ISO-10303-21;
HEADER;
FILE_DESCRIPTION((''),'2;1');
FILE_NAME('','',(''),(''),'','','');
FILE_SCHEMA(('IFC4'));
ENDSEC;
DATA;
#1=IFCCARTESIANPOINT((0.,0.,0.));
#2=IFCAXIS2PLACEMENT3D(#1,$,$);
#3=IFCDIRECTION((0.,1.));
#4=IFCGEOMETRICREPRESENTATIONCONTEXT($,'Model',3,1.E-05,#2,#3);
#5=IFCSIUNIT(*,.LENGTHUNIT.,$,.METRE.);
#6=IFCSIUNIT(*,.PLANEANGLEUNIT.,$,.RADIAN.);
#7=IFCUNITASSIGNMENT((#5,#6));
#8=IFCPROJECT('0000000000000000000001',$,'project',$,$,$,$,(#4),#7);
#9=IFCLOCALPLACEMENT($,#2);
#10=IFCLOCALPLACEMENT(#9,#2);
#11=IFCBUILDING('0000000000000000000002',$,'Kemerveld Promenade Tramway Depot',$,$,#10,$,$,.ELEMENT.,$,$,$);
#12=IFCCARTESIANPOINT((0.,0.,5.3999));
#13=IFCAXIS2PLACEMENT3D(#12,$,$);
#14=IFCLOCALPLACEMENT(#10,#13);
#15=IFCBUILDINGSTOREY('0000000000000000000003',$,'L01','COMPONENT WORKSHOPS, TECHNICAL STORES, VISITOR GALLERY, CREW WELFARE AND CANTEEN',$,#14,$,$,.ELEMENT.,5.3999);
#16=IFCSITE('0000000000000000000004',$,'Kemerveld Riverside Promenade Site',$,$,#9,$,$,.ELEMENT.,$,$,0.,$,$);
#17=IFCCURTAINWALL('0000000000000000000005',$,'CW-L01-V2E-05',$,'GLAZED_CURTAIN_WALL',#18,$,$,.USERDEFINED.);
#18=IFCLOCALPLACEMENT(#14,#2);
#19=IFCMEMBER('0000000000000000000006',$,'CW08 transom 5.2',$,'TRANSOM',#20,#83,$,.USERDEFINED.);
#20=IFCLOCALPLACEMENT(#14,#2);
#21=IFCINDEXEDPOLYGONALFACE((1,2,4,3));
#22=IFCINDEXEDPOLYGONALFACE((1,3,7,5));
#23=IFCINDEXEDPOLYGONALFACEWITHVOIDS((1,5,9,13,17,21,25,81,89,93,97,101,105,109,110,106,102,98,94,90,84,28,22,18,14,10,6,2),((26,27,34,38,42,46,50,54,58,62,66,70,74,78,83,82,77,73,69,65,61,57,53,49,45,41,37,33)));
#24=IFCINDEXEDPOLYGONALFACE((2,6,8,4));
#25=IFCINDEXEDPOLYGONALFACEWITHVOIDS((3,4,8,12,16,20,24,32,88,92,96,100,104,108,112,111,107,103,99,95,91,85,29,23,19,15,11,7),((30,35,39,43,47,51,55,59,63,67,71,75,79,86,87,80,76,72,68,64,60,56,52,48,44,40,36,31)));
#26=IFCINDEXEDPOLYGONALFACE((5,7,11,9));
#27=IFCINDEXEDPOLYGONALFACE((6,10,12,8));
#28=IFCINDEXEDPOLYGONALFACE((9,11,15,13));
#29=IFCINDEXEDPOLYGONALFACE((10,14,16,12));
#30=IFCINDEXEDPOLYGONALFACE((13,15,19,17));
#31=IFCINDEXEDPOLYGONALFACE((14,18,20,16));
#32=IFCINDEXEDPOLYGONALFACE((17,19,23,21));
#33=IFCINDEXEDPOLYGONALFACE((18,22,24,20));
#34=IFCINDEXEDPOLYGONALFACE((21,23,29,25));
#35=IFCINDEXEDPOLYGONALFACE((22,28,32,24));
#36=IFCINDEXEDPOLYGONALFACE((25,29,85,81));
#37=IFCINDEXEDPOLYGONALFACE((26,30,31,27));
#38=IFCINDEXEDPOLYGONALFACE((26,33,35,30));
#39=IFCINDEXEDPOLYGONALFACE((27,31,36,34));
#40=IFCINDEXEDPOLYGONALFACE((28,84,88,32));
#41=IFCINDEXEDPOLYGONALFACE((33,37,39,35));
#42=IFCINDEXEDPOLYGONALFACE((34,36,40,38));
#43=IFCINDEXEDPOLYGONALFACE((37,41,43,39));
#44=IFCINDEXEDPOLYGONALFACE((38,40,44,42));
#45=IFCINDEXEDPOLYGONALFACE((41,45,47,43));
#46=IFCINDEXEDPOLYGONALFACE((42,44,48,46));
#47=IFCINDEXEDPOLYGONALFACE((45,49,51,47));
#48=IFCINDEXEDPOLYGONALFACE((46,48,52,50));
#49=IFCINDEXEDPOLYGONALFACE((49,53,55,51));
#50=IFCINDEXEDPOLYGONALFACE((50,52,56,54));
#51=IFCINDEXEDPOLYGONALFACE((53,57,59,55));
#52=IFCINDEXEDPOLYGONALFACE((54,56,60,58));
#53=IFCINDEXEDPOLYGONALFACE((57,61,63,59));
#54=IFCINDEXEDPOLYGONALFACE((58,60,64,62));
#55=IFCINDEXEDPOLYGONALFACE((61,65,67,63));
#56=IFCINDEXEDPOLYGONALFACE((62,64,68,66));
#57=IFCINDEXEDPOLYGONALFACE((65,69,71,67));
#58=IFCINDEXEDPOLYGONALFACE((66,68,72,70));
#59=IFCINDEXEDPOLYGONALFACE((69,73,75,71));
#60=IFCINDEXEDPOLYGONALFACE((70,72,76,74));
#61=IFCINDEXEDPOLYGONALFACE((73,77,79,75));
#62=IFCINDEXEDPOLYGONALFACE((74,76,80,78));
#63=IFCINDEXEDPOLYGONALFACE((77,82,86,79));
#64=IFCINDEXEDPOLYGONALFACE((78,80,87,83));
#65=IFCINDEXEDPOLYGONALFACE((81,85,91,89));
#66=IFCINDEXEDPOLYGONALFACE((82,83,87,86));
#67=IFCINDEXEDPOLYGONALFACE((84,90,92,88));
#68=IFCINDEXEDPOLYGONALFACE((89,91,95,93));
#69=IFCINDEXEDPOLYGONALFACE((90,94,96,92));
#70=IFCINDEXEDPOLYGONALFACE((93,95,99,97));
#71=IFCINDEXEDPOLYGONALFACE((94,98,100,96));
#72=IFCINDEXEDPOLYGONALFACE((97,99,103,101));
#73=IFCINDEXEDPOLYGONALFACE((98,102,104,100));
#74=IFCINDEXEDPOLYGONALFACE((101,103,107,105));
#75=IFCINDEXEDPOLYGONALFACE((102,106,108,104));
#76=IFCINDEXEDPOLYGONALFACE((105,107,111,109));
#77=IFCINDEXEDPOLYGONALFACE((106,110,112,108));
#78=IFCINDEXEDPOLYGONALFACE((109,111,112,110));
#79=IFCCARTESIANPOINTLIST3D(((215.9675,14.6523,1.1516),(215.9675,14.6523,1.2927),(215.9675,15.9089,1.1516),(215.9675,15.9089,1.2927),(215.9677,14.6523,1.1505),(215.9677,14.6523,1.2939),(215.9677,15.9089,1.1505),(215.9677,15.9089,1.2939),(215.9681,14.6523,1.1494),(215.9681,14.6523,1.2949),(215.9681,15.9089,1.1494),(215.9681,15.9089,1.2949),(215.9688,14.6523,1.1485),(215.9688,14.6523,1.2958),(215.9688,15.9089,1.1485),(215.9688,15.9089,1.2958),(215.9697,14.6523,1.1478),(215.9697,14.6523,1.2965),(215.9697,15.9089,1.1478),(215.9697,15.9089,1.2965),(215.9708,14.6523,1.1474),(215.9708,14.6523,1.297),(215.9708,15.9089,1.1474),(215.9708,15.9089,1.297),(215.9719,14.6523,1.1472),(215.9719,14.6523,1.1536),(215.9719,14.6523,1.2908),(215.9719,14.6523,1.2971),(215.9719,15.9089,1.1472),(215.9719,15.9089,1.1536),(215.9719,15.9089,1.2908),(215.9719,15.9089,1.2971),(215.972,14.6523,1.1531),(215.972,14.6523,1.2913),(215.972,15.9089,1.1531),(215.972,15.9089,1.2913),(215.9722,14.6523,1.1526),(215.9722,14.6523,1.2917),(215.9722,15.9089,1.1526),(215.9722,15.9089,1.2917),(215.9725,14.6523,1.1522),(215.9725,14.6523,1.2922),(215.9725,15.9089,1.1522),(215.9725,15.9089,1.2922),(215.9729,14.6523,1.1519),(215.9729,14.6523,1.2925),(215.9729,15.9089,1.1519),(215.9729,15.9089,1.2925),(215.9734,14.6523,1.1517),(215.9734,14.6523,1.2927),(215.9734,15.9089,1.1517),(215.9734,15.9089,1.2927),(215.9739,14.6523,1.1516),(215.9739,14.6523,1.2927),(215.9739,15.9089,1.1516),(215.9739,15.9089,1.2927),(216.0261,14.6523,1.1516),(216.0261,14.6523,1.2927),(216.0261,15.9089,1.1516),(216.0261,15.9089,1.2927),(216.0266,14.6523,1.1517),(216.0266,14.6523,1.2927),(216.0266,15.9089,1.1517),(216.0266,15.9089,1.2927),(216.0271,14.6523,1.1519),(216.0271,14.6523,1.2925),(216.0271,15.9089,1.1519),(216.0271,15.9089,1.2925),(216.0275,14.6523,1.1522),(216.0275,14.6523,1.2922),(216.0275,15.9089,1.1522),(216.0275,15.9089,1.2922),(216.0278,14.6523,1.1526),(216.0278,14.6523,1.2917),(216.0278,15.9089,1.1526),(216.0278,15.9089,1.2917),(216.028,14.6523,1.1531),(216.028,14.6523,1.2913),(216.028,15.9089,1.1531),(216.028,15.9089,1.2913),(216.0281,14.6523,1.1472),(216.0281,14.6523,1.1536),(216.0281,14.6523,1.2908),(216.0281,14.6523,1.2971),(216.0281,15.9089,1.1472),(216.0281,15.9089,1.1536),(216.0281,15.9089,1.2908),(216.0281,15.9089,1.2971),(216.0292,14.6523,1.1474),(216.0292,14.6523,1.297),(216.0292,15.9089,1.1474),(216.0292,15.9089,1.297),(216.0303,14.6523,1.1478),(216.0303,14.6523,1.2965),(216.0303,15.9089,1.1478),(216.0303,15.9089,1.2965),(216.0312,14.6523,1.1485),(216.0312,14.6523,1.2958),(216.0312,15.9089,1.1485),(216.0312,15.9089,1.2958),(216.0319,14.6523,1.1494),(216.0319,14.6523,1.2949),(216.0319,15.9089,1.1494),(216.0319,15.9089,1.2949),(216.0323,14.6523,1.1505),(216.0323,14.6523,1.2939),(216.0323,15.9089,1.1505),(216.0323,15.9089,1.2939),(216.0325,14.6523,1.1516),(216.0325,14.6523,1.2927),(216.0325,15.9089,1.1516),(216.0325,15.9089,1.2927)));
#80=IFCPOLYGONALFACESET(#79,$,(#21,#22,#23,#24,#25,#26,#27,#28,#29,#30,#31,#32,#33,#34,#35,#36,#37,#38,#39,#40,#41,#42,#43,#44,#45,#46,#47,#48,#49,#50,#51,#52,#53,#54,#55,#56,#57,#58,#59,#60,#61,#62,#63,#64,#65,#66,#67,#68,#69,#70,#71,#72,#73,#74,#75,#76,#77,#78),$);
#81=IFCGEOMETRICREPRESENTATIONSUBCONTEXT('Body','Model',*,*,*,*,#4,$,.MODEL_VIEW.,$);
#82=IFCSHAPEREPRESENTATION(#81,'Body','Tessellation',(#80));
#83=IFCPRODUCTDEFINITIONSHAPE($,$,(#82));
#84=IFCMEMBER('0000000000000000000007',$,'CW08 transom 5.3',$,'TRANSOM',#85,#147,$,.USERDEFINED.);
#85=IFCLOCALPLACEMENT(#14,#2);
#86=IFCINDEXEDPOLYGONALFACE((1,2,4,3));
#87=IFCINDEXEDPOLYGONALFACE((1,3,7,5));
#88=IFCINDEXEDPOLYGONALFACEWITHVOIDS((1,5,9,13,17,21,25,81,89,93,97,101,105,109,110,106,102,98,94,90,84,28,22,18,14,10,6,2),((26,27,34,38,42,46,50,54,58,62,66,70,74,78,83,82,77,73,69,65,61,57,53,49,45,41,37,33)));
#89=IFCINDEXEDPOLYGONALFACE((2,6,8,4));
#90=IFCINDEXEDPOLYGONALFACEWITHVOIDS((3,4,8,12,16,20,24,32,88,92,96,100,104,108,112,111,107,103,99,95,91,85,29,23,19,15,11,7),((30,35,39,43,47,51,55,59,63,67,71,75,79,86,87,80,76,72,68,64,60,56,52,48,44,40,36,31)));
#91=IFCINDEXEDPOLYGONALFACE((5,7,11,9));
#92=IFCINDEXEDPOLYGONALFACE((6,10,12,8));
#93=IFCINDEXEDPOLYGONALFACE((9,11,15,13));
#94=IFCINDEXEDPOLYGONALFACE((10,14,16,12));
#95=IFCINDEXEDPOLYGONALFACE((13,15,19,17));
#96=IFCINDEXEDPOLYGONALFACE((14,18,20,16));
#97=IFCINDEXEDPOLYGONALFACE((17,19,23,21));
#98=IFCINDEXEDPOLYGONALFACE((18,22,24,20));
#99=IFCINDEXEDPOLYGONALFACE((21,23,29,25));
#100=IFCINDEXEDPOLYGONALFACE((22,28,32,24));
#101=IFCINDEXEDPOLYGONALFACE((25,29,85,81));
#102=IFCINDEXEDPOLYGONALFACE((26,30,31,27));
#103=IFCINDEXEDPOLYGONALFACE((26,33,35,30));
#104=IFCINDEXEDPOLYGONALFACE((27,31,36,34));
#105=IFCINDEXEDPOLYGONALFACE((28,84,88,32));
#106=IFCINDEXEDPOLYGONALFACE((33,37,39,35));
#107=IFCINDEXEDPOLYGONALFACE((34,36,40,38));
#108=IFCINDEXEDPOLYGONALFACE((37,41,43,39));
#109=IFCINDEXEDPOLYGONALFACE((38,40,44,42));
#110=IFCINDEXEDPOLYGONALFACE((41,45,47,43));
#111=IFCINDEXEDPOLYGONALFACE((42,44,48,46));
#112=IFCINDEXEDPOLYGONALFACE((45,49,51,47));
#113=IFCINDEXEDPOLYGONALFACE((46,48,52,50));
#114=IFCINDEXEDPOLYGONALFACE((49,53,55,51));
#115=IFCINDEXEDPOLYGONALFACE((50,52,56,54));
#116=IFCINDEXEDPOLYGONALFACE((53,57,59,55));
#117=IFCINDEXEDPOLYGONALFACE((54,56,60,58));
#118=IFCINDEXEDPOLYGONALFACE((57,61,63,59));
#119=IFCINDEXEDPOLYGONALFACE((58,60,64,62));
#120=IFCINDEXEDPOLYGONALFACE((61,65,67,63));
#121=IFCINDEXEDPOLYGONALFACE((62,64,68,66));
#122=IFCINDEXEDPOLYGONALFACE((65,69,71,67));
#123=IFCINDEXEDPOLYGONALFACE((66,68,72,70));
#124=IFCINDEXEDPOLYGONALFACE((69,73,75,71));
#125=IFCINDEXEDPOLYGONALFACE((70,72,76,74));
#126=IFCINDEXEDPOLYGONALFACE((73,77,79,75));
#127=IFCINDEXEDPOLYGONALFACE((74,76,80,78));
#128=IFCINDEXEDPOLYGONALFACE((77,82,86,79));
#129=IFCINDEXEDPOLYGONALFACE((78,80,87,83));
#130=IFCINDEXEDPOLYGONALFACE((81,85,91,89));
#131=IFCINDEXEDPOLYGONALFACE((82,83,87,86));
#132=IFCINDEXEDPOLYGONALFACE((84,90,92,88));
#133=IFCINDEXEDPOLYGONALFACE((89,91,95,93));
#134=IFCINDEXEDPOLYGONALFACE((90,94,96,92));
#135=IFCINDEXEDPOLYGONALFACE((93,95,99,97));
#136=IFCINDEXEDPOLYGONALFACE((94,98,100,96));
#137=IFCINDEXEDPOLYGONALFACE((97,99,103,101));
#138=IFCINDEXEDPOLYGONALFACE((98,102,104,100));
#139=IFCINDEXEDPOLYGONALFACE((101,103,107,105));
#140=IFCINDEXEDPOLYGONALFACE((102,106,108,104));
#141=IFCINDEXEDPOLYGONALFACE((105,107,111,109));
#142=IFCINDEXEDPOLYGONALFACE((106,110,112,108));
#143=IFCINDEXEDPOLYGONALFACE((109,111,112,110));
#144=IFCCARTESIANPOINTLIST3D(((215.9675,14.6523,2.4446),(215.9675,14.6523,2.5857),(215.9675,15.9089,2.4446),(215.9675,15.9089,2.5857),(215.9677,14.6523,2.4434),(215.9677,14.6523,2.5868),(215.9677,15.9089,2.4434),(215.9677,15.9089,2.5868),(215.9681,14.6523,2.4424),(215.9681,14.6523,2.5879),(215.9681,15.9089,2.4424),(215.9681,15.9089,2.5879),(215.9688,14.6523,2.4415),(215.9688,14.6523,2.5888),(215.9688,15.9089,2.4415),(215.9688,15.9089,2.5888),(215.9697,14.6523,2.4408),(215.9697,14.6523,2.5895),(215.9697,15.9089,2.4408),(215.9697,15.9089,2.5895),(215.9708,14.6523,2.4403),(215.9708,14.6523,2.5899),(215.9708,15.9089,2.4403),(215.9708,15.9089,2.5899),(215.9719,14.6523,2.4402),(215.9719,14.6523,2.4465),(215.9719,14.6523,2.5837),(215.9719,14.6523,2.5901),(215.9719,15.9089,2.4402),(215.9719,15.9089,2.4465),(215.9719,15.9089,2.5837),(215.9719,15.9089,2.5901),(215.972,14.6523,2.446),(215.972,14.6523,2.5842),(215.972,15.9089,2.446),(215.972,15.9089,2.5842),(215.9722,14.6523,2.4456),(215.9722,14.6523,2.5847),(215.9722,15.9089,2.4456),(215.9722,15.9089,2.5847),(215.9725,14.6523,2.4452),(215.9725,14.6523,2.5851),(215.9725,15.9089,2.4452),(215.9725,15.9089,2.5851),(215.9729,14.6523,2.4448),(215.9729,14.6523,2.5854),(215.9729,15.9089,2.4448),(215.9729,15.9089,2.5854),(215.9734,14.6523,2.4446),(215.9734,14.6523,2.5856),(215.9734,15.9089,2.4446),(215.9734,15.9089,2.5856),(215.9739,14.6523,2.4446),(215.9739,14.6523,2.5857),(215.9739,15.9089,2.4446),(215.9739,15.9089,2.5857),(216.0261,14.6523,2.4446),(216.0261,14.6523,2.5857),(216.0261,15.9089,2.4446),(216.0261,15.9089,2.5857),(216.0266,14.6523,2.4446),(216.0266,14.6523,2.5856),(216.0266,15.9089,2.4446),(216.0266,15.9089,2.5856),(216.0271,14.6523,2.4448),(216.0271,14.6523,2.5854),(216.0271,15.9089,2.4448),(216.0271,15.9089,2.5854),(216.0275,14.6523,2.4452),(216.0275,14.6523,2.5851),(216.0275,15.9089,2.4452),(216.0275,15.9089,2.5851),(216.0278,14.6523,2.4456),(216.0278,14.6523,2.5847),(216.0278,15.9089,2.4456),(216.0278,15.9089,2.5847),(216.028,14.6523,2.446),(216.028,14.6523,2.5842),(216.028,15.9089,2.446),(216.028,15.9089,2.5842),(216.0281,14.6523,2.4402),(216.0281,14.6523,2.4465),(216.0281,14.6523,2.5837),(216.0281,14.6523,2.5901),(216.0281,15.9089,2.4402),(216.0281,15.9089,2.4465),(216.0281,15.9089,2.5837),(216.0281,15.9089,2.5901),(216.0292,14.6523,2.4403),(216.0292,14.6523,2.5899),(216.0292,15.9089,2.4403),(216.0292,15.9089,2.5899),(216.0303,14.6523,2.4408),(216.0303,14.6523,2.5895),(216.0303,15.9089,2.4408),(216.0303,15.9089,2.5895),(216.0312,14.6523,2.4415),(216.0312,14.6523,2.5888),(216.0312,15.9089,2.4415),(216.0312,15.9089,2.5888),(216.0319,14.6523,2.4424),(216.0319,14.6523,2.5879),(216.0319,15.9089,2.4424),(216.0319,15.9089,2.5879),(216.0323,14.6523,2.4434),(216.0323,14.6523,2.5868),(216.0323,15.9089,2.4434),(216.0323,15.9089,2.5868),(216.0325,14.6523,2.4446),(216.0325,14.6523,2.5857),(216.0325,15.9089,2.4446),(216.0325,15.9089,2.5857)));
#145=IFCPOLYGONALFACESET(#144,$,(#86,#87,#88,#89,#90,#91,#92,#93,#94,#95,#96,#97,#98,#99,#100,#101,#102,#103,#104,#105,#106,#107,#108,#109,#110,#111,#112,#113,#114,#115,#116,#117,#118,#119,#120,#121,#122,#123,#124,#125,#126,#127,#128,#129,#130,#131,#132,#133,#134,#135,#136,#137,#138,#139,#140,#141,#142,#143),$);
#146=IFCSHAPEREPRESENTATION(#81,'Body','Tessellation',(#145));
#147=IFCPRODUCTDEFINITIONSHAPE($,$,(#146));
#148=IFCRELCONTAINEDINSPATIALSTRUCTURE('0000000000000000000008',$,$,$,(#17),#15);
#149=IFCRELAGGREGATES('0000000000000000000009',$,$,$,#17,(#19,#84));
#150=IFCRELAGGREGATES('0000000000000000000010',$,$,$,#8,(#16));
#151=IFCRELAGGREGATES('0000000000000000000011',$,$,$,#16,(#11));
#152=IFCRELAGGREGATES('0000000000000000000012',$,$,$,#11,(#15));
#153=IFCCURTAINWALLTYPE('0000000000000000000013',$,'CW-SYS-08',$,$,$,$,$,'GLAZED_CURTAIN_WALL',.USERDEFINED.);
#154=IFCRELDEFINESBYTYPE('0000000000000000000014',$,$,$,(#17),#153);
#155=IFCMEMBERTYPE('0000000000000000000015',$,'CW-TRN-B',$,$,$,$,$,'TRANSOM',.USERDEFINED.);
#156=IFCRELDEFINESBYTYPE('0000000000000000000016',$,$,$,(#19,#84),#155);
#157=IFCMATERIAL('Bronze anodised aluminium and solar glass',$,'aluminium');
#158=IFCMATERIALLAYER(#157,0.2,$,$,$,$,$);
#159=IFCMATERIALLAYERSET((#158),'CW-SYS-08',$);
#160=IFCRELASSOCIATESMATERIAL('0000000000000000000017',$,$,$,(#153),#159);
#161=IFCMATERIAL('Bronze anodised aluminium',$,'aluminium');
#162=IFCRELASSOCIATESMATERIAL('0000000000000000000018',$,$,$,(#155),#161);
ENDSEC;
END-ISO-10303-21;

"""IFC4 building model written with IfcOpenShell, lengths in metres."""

from ifc_helpers import new_model, si_unit, direction, frame, origin, origin_2d, place, context, subcontext, project, spatial, hollow_rectangle, extrude, material, layer, layer_set, material_profile, profile_set, type_object, element, aggregate, save


model = new_model("IFC4")

# Units and contexts
model_context = context("Model", 3, precision=1e-05, world=origin(), true_north=direction((0.0, 1.0)))
body_context = subcontext(model_context, "Body", "Model", "MODEL_VIEW")
ifc_project = project(units=[si_unit("LENGTHUNIT", "METRE"), si_unit("PLANEANGLEUNIT", "RADIAN")], contexts=[model_context])

# Site, building, storey
site_placement = place(None, origin())
site = spatial("IfcSite", under=ifc_project, at=site_placement, Name="Kemerveld Riverside Promenade Site", CompositionType="ELEMENT", RefElevation=0.0)
building_placement = place(site_placement, origin())
building = spatial("IfcBuilding", under=site, at=building_placement, Name="Kemerveld Promenade Tramway Depot", CompositionType="ELEMENT")
storey_placement = place(building_placement, frame((0.0, 0.0, 5.3999)))
storey = spatial("IfcBuildingStorey", under=building, at=storey_placement, Name="L01", Description="COMPONENT WORKSHOPS, TECHNICAL STORES, VISITOR GALLERY, CREW WELFARE AND CANTEEN", CompositionType="ELEMENT", Elevation=5.3999)

# Curtain wall, members
ifc_material_1 = material(Name="Bronze anodised aluminium and solar glass", Category="aluminium")
ifc_layer_1 = layer(ifc_material_1, 0.2)
ifc_layer_set_1 = layer_set([ifc_layer_1], Name="CW-SYS-08")
curtain_wall_type = type_object("IfcCurtainWallType", Name="CW-SYS-08", ElementType="GLAZED_CURTAIN_WALL", PredefinedType="USERDEFINED", material=ifc_layer_set_1)
curtain_wall_placement = place(storey_placement, origin())
curtain_wall = element("IfcCurtainWall", 1, at=curtain_wall_placement, inside=storey, type_object=curtain_wall_type, Name="CW-L01-V2E-05", ObjectType="GLAZED_CURTAIN_WALL", PredefinedType="USERDEFINED")
ifc_material_2 = material(Name="Bronze anodised aluminium", Category="aluminium")
ifc_material_profile_1 = material_profile(ifc_material_2, hollow_rectangle(XDim=0.0649, YDim=0.1499, WallThickness=0.0044, InnerFilletRadius=0.002, OuterFilletRadius=0.0044, at=origin_2d()), Name="CW-TRN-150x65")
ifc_profile_set_1 = profile_set([ifc_material_profile_1], Name="Bronze anodised aluminium")
member_type_1 = type_object("IfcMemberType", Name="CW-TRN-B", ElementType="TRANSOM", PredefinedType="USERDEFINED", material=ifc_profile_set_1)
member_1_placement = place(storey_placement, frame((216.0, 15.9089, 1.2222), z_axis=(0.0, -1.0, 0.0), x_axis=(1.0, 0.0, 0.0)))
member_1 = element("IfcMember", 2, at=member_1_placement, type_object=member_type_1, Name="CW08 transom 5.2", ObjectType="TRANSOM", PredefinedType="USERDEFINED", context=body_context, shape_type="SweptSolid", body=[
    extrude(hollow_rectangle(XDim=0.0649, YDim=0.1499, WallThickness=0.0044, InnerFilletRadius=0.002, OuterFilletRadius=0.0044, at=origin_2d()), origin(), (0.0, 0.0, 1.0), 1.2566),
])
member_2_placement = place(storey_placement, frame((216.0, 15.9089, 2.5151), z_axis=(0.0, -1.0, 0.0), x_axis=(1.0, 0.0, 0.0)))
member_2 = element("IfcMember", 3, at=member_2_placement, type_object=member_type_1, Name="CW08 transom 5.3", ObjectType="TRANSOM", PredefinedType="USERDEFINED", context=body_context, shape_type="SweptSolid", body=[
    extrude(hollow_rectangle(XDim=0.0649, YDim=0.1499, WallThickness=0.0044, InnerFilletRadius=0.002, OuterFilletRadius=0.0044, at=origin_2d()), origin(), (0.0, 0.0, 1.0), 1.2566),
])
aggregate(curtain_wall, [member_1, member_2])

save(model, "model.ifc")
